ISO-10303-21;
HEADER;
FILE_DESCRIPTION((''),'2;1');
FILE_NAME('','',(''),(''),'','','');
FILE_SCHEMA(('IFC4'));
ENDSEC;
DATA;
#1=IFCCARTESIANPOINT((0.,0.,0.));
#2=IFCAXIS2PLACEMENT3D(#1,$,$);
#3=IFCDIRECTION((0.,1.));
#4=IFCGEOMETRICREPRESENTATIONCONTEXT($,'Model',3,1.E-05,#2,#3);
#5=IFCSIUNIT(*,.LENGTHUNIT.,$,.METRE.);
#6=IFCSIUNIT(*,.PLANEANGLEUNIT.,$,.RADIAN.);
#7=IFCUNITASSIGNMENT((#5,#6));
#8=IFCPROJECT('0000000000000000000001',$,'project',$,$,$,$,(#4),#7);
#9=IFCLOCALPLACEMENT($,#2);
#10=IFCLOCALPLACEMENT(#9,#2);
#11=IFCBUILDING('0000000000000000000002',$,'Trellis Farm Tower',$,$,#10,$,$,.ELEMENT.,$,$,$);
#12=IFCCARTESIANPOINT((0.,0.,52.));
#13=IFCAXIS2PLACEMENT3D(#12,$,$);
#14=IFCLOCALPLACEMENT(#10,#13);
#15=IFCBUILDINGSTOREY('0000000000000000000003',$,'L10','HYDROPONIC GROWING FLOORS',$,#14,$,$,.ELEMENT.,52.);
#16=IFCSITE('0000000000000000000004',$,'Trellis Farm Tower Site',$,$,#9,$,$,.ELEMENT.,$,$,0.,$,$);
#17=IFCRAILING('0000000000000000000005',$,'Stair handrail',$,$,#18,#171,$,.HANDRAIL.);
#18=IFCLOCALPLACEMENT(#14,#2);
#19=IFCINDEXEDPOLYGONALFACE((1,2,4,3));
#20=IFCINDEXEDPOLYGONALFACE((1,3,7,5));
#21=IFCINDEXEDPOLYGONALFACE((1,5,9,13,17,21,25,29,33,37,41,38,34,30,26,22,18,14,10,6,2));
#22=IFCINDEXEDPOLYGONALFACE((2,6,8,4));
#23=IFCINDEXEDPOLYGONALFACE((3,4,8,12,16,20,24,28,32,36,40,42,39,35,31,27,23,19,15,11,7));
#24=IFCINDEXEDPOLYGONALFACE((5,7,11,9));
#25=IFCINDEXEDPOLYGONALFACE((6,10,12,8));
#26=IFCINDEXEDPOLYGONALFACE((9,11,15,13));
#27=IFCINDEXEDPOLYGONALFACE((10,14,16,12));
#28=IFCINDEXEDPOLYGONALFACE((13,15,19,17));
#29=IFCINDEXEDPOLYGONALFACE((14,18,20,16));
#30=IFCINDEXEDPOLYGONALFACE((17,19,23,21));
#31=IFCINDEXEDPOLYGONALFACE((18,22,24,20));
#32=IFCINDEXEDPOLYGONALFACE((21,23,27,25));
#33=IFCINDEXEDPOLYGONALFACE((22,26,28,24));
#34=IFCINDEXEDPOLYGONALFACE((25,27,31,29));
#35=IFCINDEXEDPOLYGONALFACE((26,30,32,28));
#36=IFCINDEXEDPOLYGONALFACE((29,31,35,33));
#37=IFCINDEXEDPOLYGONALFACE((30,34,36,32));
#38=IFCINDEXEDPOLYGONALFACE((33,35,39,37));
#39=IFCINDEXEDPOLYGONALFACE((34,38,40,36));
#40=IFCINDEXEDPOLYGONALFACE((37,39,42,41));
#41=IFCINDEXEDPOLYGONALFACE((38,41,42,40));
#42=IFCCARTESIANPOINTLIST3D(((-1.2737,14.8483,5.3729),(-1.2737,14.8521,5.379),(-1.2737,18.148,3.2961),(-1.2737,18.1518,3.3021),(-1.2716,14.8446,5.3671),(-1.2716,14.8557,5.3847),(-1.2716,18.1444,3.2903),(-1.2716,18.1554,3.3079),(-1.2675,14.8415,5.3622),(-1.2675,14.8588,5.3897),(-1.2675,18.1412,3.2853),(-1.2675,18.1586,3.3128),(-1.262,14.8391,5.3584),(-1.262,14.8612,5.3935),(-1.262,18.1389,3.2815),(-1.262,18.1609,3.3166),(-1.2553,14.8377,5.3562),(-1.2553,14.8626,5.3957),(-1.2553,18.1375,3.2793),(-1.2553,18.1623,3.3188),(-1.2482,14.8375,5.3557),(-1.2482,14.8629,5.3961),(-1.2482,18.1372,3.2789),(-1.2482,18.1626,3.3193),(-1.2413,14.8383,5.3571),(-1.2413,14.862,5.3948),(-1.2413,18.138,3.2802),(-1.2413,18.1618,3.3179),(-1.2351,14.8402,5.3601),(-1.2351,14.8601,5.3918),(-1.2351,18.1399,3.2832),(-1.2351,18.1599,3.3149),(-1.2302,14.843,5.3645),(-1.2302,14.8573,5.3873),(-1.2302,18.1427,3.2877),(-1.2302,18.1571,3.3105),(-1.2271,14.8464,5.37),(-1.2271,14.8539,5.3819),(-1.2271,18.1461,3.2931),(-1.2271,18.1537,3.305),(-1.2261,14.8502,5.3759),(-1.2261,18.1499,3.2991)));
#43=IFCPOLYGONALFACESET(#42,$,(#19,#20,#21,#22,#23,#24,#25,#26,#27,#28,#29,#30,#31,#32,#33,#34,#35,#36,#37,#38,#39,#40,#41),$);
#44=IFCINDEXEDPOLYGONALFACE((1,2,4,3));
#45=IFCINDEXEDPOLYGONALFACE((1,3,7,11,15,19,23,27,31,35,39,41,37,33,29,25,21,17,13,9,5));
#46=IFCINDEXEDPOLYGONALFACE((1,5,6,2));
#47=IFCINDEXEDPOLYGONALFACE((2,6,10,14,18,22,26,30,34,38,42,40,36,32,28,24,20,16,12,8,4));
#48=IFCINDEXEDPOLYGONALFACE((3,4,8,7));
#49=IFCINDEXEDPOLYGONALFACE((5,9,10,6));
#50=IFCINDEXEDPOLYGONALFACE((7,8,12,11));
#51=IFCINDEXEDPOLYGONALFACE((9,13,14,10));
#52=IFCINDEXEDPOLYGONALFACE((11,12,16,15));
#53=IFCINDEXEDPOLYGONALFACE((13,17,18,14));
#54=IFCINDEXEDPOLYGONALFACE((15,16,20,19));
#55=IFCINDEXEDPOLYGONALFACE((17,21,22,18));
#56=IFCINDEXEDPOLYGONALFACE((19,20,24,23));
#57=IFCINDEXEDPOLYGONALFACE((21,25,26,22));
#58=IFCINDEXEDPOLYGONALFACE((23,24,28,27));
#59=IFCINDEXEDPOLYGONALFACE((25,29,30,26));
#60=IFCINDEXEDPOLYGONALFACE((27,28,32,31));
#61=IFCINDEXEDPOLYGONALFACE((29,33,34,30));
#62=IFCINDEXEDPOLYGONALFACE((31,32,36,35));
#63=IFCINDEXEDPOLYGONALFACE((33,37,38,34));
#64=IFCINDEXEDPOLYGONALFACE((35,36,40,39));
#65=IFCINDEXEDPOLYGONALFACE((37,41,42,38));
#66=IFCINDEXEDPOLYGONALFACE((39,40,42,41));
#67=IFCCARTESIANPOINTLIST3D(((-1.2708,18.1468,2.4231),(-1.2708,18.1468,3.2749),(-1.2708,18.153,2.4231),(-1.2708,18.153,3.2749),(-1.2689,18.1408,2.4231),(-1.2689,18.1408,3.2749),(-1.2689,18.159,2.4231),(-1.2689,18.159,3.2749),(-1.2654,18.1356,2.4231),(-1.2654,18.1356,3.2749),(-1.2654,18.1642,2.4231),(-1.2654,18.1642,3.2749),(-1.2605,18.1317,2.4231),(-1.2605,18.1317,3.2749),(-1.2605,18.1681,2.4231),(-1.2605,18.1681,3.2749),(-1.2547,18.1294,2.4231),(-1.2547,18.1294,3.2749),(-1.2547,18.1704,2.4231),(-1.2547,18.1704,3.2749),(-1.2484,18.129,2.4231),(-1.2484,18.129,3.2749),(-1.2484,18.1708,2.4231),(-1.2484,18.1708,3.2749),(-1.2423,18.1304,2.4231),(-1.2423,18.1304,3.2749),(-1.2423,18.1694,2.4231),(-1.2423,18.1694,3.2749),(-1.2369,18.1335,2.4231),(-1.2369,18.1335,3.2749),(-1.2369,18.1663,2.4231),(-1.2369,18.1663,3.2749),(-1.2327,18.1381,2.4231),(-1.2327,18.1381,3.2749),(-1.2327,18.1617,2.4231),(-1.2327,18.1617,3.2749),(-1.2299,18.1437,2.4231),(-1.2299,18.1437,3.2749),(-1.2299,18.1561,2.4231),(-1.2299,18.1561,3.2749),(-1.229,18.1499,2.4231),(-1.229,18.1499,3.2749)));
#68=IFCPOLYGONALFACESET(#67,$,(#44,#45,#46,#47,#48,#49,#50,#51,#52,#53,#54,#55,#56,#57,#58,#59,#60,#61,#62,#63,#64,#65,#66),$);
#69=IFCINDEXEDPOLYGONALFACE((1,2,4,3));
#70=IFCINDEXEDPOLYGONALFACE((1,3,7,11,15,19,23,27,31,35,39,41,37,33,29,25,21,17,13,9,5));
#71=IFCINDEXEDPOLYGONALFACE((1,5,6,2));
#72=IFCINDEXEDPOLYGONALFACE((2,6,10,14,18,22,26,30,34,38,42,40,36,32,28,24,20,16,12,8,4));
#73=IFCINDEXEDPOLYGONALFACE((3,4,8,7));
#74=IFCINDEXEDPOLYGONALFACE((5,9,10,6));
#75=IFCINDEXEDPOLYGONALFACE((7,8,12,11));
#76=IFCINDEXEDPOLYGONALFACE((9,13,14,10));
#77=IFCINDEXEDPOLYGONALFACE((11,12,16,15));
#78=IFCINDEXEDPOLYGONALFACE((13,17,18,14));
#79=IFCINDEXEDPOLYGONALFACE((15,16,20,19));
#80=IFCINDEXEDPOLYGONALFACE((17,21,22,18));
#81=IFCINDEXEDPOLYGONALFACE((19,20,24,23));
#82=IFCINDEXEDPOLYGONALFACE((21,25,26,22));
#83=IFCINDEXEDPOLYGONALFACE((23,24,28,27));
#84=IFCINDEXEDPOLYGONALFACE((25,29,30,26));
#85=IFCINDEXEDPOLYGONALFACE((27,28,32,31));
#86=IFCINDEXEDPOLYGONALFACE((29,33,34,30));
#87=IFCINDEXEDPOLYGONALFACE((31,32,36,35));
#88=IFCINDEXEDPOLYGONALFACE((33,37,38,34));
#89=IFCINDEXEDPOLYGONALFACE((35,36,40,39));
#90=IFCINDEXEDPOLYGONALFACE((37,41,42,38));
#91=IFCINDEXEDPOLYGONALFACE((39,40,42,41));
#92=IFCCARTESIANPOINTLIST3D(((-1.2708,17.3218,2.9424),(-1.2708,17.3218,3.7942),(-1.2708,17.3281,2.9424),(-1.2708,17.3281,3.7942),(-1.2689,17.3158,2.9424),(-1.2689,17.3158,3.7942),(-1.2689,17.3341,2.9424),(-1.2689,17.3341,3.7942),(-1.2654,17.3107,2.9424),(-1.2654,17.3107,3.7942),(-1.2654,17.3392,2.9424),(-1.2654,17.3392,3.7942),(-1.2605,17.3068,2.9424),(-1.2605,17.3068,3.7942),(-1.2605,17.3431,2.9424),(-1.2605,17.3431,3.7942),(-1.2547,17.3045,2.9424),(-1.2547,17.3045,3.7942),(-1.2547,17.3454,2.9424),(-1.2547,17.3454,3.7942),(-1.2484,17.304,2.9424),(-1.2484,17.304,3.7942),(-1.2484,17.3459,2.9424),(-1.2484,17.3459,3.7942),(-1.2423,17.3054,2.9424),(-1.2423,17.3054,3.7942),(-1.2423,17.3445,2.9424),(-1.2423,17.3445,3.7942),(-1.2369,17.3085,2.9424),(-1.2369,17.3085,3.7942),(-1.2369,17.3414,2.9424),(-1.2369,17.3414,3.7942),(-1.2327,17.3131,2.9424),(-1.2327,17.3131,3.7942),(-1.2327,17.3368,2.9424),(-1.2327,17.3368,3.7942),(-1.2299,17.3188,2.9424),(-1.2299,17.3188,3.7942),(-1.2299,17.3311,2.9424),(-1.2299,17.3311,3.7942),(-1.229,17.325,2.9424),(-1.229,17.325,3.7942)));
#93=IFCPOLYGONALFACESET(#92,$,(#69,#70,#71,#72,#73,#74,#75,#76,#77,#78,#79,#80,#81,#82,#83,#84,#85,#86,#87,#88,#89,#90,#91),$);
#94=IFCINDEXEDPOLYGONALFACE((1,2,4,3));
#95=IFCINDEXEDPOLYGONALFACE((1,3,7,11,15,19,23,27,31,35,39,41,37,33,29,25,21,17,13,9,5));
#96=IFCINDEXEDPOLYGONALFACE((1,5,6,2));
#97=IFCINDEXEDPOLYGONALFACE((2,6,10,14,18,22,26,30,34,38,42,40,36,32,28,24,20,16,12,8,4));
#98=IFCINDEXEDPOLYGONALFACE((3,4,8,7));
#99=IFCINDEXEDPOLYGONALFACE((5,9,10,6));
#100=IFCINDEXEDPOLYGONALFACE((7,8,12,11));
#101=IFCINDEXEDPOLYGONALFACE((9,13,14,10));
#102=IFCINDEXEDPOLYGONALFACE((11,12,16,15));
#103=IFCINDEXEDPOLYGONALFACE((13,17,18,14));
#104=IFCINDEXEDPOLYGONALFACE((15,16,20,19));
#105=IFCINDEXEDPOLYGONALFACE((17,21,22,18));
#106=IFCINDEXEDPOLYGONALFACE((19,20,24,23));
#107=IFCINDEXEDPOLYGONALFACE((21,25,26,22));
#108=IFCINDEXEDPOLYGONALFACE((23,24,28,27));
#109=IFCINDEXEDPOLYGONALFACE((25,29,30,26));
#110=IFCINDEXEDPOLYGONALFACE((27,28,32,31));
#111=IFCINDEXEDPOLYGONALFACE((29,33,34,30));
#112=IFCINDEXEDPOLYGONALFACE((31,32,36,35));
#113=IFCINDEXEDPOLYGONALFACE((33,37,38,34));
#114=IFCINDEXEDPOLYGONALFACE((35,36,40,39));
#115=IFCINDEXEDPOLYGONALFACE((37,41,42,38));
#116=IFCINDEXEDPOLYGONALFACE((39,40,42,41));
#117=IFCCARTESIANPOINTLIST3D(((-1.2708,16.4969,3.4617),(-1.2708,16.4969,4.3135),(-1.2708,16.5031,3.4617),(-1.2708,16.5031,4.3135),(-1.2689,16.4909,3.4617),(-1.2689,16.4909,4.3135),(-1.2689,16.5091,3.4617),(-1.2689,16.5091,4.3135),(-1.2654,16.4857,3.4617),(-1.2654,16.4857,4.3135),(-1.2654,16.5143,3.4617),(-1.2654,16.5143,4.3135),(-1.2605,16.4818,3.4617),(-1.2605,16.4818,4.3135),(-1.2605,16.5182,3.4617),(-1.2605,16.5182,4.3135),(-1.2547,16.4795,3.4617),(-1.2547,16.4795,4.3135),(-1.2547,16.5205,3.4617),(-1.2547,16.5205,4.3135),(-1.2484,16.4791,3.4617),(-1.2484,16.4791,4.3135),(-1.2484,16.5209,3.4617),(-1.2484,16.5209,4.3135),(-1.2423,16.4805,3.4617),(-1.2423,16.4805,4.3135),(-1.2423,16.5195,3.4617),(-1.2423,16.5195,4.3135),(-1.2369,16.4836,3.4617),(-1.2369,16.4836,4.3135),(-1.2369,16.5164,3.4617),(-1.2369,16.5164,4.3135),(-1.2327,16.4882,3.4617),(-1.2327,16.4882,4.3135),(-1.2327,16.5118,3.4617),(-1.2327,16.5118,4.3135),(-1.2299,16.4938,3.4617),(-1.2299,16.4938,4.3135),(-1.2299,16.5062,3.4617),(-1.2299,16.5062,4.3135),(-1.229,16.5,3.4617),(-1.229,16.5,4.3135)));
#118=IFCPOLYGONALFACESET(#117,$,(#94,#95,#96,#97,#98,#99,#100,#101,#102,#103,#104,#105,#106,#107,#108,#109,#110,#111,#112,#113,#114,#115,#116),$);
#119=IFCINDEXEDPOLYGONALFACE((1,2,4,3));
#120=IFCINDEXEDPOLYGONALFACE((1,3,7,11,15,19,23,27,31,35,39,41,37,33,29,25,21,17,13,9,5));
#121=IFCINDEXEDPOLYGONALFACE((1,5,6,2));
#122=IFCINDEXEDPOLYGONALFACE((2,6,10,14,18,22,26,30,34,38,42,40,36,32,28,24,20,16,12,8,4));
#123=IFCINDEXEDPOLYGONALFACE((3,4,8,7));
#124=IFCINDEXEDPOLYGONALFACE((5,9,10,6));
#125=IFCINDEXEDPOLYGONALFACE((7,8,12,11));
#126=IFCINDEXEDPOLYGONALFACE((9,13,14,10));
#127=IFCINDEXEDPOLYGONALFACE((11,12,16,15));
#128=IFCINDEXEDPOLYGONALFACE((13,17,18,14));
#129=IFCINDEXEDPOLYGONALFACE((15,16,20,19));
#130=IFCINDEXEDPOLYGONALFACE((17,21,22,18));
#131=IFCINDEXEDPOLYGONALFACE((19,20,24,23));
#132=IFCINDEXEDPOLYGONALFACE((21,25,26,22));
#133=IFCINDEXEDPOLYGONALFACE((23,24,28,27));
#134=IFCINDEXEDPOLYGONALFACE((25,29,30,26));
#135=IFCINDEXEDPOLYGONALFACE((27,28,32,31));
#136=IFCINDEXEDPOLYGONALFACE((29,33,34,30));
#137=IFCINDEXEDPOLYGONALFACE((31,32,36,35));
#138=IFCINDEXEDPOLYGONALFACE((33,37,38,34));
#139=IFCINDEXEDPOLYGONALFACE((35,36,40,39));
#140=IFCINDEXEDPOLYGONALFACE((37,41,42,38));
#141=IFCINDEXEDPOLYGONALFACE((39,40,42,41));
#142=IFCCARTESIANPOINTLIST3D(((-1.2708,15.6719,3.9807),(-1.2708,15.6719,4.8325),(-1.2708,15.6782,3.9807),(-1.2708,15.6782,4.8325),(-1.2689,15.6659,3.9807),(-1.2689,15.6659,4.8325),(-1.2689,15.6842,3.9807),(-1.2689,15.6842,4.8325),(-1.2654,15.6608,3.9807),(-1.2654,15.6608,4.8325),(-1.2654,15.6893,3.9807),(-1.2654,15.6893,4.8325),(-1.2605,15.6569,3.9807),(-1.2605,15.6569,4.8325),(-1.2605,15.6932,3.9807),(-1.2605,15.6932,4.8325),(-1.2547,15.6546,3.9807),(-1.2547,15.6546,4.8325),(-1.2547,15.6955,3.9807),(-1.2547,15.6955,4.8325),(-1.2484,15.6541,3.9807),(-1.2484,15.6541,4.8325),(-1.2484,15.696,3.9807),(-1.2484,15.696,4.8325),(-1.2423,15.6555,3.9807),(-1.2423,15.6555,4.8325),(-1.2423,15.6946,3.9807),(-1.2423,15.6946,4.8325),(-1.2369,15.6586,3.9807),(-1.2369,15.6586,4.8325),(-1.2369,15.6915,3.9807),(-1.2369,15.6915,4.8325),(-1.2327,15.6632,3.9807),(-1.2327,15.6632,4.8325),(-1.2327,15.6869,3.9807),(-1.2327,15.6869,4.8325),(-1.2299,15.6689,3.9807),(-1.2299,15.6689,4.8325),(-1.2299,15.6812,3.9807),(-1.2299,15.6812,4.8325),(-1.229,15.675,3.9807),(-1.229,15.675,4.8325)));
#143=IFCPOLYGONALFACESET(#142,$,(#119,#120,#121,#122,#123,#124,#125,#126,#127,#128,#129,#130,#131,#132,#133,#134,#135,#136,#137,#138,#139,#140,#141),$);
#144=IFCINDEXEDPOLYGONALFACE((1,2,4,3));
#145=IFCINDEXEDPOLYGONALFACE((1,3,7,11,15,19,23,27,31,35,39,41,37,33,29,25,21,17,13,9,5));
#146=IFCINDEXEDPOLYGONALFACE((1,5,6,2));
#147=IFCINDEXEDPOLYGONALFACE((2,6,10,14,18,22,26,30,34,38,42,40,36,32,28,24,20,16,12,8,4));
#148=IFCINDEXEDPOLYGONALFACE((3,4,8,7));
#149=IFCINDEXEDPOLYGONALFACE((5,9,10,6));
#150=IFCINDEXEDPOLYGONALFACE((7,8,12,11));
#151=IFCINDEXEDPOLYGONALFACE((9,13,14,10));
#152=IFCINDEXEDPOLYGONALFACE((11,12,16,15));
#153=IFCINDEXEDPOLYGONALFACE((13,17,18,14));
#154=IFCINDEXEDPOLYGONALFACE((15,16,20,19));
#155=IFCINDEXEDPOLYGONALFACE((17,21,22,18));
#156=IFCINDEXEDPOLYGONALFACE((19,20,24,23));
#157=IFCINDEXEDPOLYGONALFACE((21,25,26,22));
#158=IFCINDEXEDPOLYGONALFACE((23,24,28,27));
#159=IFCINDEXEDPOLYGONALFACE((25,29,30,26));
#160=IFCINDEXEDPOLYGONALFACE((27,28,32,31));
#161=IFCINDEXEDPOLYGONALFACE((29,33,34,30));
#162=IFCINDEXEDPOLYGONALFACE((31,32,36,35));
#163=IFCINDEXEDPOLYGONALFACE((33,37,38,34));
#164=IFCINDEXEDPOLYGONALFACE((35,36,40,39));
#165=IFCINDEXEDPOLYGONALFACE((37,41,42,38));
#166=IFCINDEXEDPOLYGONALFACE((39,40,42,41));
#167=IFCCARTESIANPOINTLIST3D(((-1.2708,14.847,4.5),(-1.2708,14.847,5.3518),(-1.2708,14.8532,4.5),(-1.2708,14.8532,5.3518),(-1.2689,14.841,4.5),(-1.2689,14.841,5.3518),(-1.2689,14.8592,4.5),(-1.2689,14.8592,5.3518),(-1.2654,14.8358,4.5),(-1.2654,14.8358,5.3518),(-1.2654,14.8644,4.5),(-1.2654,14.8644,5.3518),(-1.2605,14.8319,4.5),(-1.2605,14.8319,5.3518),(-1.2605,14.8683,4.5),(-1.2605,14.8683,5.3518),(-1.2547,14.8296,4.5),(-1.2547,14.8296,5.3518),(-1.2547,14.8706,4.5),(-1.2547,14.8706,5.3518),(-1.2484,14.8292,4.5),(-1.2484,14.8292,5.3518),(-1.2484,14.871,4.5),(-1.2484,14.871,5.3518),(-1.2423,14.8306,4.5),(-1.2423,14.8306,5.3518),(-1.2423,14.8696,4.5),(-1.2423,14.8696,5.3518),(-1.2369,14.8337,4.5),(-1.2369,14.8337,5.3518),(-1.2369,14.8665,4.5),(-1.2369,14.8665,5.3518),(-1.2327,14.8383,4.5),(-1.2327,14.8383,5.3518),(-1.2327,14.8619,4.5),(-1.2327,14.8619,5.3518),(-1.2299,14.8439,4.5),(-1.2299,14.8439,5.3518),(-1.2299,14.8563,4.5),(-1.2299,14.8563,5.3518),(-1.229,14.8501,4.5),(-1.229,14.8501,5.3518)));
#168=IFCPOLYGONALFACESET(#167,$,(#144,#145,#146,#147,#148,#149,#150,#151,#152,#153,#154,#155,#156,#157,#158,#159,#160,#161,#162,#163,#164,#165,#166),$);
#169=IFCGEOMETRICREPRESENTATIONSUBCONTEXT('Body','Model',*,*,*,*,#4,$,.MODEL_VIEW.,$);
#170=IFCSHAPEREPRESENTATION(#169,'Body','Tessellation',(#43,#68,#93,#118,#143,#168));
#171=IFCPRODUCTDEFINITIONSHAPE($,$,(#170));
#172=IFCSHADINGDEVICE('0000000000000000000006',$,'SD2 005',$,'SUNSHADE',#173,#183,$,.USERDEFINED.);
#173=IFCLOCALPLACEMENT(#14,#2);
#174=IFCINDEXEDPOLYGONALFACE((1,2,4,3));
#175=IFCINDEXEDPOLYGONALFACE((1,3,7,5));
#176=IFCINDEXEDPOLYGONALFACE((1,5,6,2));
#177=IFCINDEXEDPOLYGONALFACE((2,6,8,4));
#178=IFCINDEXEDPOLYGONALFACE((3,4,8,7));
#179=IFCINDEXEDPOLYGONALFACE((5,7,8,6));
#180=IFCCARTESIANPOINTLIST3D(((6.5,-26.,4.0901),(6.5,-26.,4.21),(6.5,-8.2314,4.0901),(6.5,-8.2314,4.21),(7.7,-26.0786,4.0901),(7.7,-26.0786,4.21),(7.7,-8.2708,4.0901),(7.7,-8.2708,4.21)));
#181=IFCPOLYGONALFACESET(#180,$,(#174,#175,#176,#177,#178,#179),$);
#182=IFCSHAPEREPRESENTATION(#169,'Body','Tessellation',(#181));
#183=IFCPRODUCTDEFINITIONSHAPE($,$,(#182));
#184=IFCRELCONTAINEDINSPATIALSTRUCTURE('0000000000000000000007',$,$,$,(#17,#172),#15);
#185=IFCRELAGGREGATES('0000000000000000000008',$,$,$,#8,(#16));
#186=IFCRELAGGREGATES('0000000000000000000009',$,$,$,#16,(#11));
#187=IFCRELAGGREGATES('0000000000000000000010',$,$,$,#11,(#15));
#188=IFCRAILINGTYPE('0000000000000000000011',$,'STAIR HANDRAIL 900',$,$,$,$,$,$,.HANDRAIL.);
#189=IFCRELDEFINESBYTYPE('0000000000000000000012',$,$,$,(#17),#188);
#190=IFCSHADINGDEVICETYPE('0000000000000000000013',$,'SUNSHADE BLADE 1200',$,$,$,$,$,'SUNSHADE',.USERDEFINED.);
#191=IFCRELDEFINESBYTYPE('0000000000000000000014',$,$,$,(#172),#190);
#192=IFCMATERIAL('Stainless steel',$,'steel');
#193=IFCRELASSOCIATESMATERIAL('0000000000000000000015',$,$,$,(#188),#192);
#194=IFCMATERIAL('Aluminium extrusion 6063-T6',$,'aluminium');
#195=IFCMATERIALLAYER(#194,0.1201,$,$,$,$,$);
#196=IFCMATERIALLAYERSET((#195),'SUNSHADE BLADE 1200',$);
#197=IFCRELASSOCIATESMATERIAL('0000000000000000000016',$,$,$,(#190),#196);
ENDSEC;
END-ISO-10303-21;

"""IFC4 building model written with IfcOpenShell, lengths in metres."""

from ifc_helpers import new_model, si_unit, direction, frame, origin, origin_2d, place, context, subcontext, project, spatial, polyline, circle, outline, extrude, source, transform, mapped, material, layer, layer_set, type_object, element, save


model = new_model("IFC4")

# Units and contexts
model_context = context("Model", 3, precision=1e-05, world=origin(), true_north=direction((0.0, 1.0)))
body_context = subcontext(model_context, "Body", "Model", "MODEL_VIEW")
ifc_project = project(units=[si_unit("LENGTHUNIT", "METRE"), si_unit("PLANEANGLEUNIT", "RADIAN")], contexts=[model_context])

# Site, building, storey
site_placement = place(None, origin())
site = spatial("IfcSite", under=ifc_project, at=site_placement, Name="Trellis Farm Tower Site", CompositionType="ELEMENT", RefElevation=0.0)
building_placement = place(site_placement, origin())
building = spatial("IfcBuilding", under=site, at=building_placement, Name="Trellis Farm Tower", CompositionType="ELEMENT")
storey_placement = place(building_placement, frame((0.0, 0.0, 52.0)))
storey = spatial("IfcBuildingStorey", under=building, at=storey_placement, Name="L10", Description="HYDROPONIC GROWING FLOORS", CompositionType="ELEMENT", Elevation=52.0)

# Shared definitions
ifc_material_1 = material(Name="Aluminium extrusion 6063-T6", Category="aluminium")

# Railing
ifc_material_2 = material(Name="Stainless steel", Category="steel")
railing_type = type_object("IfcRailingType", Name="STAIR HANDRAIL 900", PredefinedType="HANDRAIL", material=ifc_material_2)
shared_shape_1 = source(origin(), body_context, "Body", "SweptSolid", [
    extrude(circle(Radius=0.0239, at=origin_2d()), frame((0.0, 0.0, 0.876), z_axis=(0.0, -0.84632, 0.532675), x_axis=(1.0, 0.0, 0.0)), (0.0, 0.0, 1.0), 3.8989),
    extrude(circle(Radius=0.021, at=origin_2d()), origin(), (0.0, 0.0, 1.0), 0.8518),
    extrude(circle(Radius=0.021, at=origin_2d()), frame((0.0, -0.825, 0.5193)), (0.0, 0.0, 1.0), 0.8518),
    extrude(circle(Radius=0.021, at=origin_2d()), frame((0.0, -1.6499, 1.0386)), (0.0, 0.0, 1.0), 0.8518),
    extrude(circle(Radius=0.021, at=origin_2d()), frame((0.0, -2.4749, 1.5576)), (0.0, 0.0, 1.0), 0.8518),
    extrude(circle(Radius=0.021, at=origin_2d()), frame((0.0, -3.2998, 2.0769)), (0.0, 0.0, 1.0), 0.8518),
])
railing_placement = place(storey_placement, frame((-1.25, 18.1499, 2.4231)))
element("IfcRailing", 1, at=railing_placement, inside=storey, type_object=railing_type, Name="Stair handrail", PredefinedType="HANDRAIL", context=body_context, shape_type="MappedRepresentation", body=[
    mapped(shared_shape_1, transform((0.0, 0.0, 0.0))),
])

# Shading device
ifc_layer_1 = layer(ifc_material_1, 0.1201)
ifc_layer_set_1 = layer_set([ifc_layer_1], Name="SUNSHADE BLADE 1200")
shading_device_type = type_object("IfcShadingDeviceType", Name="SUNSHADE BLADE 1200", ElementType="SUNSHADE", PredefinedType="USERDEFINED", material=ifc_layer_set_1)
shared_shape_2 = source(origin(), body_context, "Body", "SweptSolid", [
    extrude(outline(polyline([(7.7, -26.0786), (7.7, -8.2708), (6.5, -8.2314), (6.5, -26.0), (7.7, -26.0786)])), origin(), (0.0, 0.0, 1.0), 0.1199),
])
shading_device_placement = place(storey_placement, frame((0.0, 0.0, 4.0901)))
element("IfcShadingDevice", 2, at=shading_device_placement, inside=storey, type_object=shading_device_type, Name="SD2 005", ObjectType="SUNSHADE", PredefinedType="USERDEFINED", context=body_context, shape_type="MappedRepresentation", body=[
    mapped(shared_shape_2, transform((0.0, 0.0, 0.0))),
])

save(model, "model.ifc")
